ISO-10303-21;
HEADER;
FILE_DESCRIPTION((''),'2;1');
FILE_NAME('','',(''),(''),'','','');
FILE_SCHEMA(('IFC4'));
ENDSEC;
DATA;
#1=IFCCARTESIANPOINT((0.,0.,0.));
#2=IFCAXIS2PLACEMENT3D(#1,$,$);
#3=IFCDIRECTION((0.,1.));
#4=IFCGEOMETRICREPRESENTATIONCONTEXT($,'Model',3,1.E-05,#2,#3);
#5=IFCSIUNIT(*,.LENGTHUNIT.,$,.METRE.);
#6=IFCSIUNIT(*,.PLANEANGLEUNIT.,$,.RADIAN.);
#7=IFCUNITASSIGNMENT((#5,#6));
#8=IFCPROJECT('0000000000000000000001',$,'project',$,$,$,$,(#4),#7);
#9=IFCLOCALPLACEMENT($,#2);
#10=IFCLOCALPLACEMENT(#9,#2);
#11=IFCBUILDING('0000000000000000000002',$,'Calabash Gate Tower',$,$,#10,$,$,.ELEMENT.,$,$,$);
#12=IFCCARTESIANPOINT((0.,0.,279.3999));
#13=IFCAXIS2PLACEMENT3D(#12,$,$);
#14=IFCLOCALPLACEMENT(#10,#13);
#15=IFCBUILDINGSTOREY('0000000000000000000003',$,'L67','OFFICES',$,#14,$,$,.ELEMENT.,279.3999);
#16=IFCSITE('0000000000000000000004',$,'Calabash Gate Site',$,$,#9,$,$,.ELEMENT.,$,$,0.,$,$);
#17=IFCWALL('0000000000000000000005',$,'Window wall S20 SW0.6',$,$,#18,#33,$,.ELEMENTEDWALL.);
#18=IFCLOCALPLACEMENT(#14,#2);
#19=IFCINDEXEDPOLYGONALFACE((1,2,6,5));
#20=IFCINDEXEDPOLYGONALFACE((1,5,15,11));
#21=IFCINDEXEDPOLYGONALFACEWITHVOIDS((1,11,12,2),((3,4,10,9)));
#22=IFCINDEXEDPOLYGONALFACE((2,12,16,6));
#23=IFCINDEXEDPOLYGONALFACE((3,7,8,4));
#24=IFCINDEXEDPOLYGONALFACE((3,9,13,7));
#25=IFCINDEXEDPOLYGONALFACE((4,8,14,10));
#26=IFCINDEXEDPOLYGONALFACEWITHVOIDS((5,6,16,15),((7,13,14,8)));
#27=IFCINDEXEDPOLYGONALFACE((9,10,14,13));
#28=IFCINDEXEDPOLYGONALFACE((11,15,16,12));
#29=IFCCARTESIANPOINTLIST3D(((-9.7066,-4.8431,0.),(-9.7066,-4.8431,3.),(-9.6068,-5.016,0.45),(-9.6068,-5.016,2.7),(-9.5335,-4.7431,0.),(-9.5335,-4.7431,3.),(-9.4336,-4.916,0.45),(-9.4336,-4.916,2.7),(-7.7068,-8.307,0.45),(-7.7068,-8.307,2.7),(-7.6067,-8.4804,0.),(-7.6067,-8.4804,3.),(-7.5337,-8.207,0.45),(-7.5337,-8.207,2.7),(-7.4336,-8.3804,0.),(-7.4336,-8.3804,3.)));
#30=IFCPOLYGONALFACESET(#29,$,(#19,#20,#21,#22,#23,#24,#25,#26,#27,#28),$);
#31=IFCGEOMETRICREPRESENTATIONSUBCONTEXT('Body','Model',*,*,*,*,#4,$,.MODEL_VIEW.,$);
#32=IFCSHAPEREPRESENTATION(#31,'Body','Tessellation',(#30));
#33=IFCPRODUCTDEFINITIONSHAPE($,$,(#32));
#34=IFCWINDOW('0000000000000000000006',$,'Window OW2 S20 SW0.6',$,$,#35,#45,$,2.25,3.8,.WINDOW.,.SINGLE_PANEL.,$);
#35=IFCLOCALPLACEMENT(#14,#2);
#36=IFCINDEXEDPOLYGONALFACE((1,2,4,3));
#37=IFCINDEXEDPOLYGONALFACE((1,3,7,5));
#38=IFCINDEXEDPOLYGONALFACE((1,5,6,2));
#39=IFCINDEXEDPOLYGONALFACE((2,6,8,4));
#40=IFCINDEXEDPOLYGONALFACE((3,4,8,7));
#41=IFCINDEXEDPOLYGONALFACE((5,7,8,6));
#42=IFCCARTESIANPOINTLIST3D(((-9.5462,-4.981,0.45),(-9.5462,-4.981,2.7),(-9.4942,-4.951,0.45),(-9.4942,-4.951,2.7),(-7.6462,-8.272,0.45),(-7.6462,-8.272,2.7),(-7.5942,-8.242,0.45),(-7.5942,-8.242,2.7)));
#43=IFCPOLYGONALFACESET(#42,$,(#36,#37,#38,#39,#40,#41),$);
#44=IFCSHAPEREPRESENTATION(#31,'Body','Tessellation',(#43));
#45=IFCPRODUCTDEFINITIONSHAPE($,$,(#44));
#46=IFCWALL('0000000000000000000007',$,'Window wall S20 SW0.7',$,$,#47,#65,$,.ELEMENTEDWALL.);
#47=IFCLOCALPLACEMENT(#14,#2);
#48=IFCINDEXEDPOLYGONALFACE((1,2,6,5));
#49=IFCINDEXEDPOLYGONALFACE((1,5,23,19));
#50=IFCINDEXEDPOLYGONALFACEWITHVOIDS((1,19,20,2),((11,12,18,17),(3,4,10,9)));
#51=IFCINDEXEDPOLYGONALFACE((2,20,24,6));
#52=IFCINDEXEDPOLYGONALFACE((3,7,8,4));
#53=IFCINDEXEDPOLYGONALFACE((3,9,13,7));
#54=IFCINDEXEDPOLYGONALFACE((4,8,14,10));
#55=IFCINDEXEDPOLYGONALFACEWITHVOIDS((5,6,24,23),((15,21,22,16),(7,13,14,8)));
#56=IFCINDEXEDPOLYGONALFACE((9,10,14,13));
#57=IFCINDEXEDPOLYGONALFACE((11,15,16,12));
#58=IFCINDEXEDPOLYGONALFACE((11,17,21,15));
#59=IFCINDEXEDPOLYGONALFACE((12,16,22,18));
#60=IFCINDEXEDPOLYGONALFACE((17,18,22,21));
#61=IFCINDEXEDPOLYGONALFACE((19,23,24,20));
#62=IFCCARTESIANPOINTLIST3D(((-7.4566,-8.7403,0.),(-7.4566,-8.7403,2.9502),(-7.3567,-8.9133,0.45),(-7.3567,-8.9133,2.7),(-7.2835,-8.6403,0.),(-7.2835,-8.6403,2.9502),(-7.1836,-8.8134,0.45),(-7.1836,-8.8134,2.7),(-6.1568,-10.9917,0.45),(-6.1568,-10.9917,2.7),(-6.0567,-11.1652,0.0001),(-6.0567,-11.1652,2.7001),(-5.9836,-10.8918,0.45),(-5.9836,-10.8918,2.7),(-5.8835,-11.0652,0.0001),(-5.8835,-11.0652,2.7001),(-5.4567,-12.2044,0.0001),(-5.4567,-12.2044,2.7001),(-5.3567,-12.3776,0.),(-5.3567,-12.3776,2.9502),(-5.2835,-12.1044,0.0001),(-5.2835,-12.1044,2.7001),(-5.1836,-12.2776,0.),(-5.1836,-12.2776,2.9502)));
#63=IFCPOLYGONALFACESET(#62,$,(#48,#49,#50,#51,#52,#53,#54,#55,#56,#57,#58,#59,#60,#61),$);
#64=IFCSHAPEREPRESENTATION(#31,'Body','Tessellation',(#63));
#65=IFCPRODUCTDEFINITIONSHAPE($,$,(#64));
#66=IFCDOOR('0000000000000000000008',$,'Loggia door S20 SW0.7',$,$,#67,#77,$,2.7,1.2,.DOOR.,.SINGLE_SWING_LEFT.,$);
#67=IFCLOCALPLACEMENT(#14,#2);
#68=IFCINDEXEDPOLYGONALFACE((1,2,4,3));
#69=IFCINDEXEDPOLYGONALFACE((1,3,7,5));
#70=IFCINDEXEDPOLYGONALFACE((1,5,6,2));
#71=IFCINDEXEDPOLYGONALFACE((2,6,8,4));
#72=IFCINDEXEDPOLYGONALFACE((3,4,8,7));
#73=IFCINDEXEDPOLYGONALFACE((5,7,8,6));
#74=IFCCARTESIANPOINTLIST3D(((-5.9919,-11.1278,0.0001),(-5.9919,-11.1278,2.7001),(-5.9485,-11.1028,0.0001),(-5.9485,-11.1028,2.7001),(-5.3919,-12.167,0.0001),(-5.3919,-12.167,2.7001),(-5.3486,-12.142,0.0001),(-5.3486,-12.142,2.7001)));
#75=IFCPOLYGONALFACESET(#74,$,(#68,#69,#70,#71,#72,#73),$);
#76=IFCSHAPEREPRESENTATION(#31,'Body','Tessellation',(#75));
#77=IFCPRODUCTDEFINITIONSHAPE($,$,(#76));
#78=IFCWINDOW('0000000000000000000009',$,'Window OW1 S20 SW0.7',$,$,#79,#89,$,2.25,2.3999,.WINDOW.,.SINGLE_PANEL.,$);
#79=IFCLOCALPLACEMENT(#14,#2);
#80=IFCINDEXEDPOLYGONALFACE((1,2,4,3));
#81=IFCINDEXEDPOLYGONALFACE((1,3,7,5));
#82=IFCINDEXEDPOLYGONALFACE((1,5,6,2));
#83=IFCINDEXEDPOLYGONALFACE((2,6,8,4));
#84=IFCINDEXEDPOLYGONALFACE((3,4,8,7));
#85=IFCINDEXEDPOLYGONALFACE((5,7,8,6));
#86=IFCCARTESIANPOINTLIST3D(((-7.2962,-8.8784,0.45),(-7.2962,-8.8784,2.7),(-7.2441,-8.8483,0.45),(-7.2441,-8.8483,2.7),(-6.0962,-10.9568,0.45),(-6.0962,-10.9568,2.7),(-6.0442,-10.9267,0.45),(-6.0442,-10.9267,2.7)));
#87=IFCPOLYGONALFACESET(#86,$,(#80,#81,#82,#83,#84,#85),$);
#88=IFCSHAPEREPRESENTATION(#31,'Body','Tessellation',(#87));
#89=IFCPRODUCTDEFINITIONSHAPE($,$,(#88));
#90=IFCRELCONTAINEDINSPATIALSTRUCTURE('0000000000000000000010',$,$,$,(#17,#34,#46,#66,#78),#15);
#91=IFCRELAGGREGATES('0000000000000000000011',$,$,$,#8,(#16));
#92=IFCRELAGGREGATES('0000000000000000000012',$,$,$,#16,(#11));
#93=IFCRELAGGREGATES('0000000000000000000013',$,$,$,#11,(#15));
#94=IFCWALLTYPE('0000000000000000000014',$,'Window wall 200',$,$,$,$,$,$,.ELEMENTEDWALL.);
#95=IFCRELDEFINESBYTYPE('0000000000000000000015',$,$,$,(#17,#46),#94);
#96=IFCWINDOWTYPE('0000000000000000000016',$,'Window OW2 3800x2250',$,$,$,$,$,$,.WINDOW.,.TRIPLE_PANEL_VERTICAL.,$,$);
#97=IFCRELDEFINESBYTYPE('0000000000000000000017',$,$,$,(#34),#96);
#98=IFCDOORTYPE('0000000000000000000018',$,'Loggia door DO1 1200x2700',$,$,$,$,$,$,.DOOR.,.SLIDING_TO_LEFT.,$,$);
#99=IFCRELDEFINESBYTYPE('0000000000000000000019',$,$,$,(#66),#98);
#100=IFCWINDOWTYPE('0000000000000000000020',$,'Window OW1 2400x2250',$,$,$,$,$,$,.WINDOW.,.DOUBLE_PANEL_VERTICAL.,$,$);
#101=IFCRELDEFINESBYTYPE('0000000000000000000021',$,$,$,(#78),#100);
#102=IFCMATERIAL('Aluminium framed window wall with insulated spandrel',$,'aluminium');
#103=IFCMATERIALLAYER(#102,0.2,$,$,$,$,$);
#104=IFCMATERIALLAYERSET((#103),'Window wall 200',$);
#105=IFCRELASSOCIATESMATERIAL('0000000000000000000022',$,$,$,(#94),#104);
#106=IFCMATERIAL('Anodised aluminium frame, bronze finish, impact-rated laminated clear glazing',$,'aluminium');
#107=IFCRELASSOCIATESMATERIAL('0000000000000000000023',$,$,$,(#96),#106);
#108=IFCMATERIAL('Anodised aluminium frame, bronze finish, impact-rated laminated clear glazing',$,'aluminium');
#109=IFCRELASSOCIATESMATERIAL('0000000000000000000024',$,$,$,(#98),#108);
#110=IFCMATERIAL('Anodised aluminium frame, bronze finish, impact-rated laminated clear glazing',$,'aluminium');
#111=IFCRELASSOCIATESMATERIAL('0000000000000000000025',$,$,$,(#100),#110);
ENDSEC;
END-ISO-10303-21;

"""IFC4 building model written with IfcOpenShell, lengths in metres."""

from ifc_helpers import new_model, si_unit, direction, frame, frame_2d, origin, place, context, subcontext, project, spatial, rectangle, extrude, material, layer, layer_set, type_object, element, fill, save


model = new_model("IFC4")

# Units and contexts
model_context = context("Model", 3, precision=1e-05, world=origin(), true_north=direction((0.0, 1.0)))
body_context = subcontext(model_context, "Body", "Model", "MODEL_VIEW")
ifc_project = project(units=[si_unit("LENGTHUNIT", "METRE"), si_unit("PLANEANGLEUNIT", "RADIAN")], contexts=[model_context])

# Site, building, storey
site_placement = place(None, origin())
site = spatial("IfcSite", under=ifc_project, at=site_placement, Name="Calabash Gate Site", CompositionType="ELEMENT", RefElevation=0.0)
building_placement = place(site_placement, origin())
building = spatial("IfcBuilding", under=site, at=building_placement, Name="Calabash Gate Tower", CompositionType="ELEMENT")
storey_placement = place(building_placement, frame((0.0, 0.0, 279.3999)))
storey = spatial("IfcBuildingStorey", under=building, at=storey_placement, Name="L67", Description="OFFICES", CompositionType="ELEMENT", Elevation=279.3999)

# Wall, opening, window
ifc_material_1 = material(Name="Aluminium framed window wall with insulated spandrel", Category="aluminium")
ifc_layer_1 = layer(ifc_material_1, 0.2)
ifc_layer_set_1 = layer_set([ifc_layer_1], Name="Window wall 200")
wall_type_1 = type_object("IfcWallType", Name="Window wall 200", PredefinedType="ELEMENTEDWALL", material=ifc_layer_set_1)
wall_1_placement = place(storey_placement, frame((-9.6201, -4.793, 0.0), z_axis=(0.0, 0.0, 1.0), x_axis=(0.499984, -0.866035, 0.0)))
wall_1 = element("IfcWall", 1, at=wall_1_placement, inside=storey, type_object=wall_type_1, Name="Window wall S20 SW0.6", PredefinedType="ELEMENTEDWALL", context=body_context, shape_type="SweptSolid", body=[
    extrude(rectangle(XDim=4.2, YDim=0.2, at=frame_2d((2.1001, 0.0))), origin(), (0.0, 0.0, 1.0), 3.0),
])
opening_1_placement = place(wall_1_placement, frame((0.2, 0.0, 0.45)))
opening_1 = element("IfcOpeningElement", 2, at=opening_1_placement, cuts=wall_1, PredefinedType="OPENING", context=body_context, shape_type="SweptSolid", body=[
    extrude(rectangle(XDim=3.8, YDim=2.25, at=frame_2d((1.8999, 1.125))), frame((0.0, 0.1099, 0.0), z_axis=(0.0, -1.0, 0.0), x_axis=(1.0, 0.0, 0.0)), (0.0, 0.0, 1.0), 0.22),
])
ifc_material_2 = material(Name="Anodised aluminium frame, bronze finish, impact-rated laminated clear glazing", Category="aluminium")
window_type_1 = type_object("IfcWindowType", Name="Window OW2 3800x2250", PartitioningType="TRIPLE_PANEL_VERTICAL", PredefinedType="WINDOW", material=ifc_material_2)
window_1_placement = place(opening_1_placement, origin())
window_1 = element("IfcWindow", 3, at=window_1_placement, inside=storey, type_object=window_type_1, Name="Window OW2 S20 SW0.6", OverallHeight=2.25, OverallWidth=3.8, PartitioningType="SINGLE_PANEL", PredefinedType="WINDOW", context=body_context, shape_type="SweptSolid", body=[
    extrude(rectangle(XDim=3.8, YDim=2.25, at=frame_2d((1.8999, 1.125))), frame((0.0, 0.03, 0.0), z_axis=(0.0, -1.0, 0.0), x_axis=(1.0, 0.0, 0.0)), (0.0, 0.0, 1.0), 0.0601),
])
fill(opening_1, window_1)

# Wall, openings, door, window
wall_2_placement = place(storey_placement, frame((-7.3701, -8.6902, 0.0), z_axis=(0.0, 0.0, 1.0), x_axis=(0.499984, -0.866035, 0.0)))
wall_2 = element("IfcWall", 4, at=wall_2_placement, inside=storey, type_object=wall_type_1, Name="Window wall S20 SW0.7", PredefinedType="ELEMENTEDWALL", context=body_context, shape_type="SweptSolid", body=[
    extrude(rectangle(XDim=4.2, YDim=0.2, at=frame_2d((2.1001, 0.0))), origin(), (0.0, 0.0, 1.0), 2.9502),
])
opening_2_placement = place(wall_2_placement, frame((0.2, 0.0, 0.45)))
opening_2 = element("IfcOpeningElement", 5, at=opening_2_placement, cuts=wall_2, PredefinedType="OPENING", context=body_context, shape_type="SweptSolid", body=[
    extrude(rectangle(XDim=2.3999, YDim=2.25, at=frame_2d((1.2, 1.125))), frame((0.0, 0.1099, 0.0), z_axis=(0.0, -1.0, 0.0), x_axis=(1.0, 0.0, 0.0)), (0.0, 0.0, 1.0), 0.22),
])
opening_3_placement = place(wall_2_placement, frame((2.8, 0.0, 0.0)))
opening_3 = element("IfcOpeningElement", 6, at=opening_3_placement, cuts=wall_2, PredefinedType="OPENING", context=body_context, shape_type="SweptSolid", body=[
    extrude(rectangle(XDim=1.2, YDim=2.7, at=frame_2d((0.6001, 1.3501))), frame((0.0, 0.1099, 0.0), z_axis=(0.0, -1.0, 0.0), x_axis=(1.0, 0.0, 0.0)), (0.0, 0.0, 1.0), 0.22),
])
ifc_material_3 = material(Name="Anodised aluminium frame, bronze finish, impact-rated laminated clear glazing", Category="aluminium")
door_type = type_object("IfcDoorType", Name="Loggia door DO1 1200x2700", OperationType="SLIDING_TO_LEFT", PredefinedType="DOOR", material=ifc_material_3)
door_placement = place(opening_3_placement, origin())
door = element("IfcDoor", 7, at=door_placement, inside=storey, type_object=door_type, Name="Loggia door S20 SW0.7", OperationType="SINGLE_SWING_LEFT", OverallHeight=2.7, OverallWidth=1.2, PredefinedType="DOOR", context=body_context, shape_type="SweptSolid", body=[
    extrude(rectangle(XDim=1.2, YDim=2.7, at=frame_2d((0.6001, 1.3501))), frame((0.0, 0.0249, 0.0), z_axis=(0.0, -1.0, 0.0), x_axis=(1.0, 0.0, 0.0)), (0.0, 0.0, 1.0), 0.05),
])
fill(opening_3, door)
ifc_material_4 = material(Name="Anodised aluminium frame, bronze finish, impact-rated laminated clear glazing", Category="aluminium")
window_type_2 = type_object("IfcWindowType", Name="Window OW1 2400x2250", PartitioningType="DOUBLE_PANEL_VERTICAL", PredefinedType="WINDOW", material=ifc_material_4)
window_2_placement = place(opening_2_placement, origin())
window_2 = element("IfcWindow", 8, at=window_2_placement, inside=storey, type_object=window_type_2, Name="Window OW1 S20 SW0.7", OverallHeight=2.25, OverallWidth=2.3999, PartitioningType="SINGLE_PANEL", PredefinedType="WINDOW", context=body_context, shape_type="SweptSolid", body=[
    extrude(rectangle(XDim=2.3999, YDim=2.25, at=frame_2d((1.2, 1.125))), frame((0.0, 0.03, 0.0), z_axis=(0.0, -1.0, 0.0), x_axis=(1.0, 0.0, 0.0)), (0.0, 0.0, 1.0), 0.0601),
])
fill(opening_2, window_2)

save(model, "model.ifc")
